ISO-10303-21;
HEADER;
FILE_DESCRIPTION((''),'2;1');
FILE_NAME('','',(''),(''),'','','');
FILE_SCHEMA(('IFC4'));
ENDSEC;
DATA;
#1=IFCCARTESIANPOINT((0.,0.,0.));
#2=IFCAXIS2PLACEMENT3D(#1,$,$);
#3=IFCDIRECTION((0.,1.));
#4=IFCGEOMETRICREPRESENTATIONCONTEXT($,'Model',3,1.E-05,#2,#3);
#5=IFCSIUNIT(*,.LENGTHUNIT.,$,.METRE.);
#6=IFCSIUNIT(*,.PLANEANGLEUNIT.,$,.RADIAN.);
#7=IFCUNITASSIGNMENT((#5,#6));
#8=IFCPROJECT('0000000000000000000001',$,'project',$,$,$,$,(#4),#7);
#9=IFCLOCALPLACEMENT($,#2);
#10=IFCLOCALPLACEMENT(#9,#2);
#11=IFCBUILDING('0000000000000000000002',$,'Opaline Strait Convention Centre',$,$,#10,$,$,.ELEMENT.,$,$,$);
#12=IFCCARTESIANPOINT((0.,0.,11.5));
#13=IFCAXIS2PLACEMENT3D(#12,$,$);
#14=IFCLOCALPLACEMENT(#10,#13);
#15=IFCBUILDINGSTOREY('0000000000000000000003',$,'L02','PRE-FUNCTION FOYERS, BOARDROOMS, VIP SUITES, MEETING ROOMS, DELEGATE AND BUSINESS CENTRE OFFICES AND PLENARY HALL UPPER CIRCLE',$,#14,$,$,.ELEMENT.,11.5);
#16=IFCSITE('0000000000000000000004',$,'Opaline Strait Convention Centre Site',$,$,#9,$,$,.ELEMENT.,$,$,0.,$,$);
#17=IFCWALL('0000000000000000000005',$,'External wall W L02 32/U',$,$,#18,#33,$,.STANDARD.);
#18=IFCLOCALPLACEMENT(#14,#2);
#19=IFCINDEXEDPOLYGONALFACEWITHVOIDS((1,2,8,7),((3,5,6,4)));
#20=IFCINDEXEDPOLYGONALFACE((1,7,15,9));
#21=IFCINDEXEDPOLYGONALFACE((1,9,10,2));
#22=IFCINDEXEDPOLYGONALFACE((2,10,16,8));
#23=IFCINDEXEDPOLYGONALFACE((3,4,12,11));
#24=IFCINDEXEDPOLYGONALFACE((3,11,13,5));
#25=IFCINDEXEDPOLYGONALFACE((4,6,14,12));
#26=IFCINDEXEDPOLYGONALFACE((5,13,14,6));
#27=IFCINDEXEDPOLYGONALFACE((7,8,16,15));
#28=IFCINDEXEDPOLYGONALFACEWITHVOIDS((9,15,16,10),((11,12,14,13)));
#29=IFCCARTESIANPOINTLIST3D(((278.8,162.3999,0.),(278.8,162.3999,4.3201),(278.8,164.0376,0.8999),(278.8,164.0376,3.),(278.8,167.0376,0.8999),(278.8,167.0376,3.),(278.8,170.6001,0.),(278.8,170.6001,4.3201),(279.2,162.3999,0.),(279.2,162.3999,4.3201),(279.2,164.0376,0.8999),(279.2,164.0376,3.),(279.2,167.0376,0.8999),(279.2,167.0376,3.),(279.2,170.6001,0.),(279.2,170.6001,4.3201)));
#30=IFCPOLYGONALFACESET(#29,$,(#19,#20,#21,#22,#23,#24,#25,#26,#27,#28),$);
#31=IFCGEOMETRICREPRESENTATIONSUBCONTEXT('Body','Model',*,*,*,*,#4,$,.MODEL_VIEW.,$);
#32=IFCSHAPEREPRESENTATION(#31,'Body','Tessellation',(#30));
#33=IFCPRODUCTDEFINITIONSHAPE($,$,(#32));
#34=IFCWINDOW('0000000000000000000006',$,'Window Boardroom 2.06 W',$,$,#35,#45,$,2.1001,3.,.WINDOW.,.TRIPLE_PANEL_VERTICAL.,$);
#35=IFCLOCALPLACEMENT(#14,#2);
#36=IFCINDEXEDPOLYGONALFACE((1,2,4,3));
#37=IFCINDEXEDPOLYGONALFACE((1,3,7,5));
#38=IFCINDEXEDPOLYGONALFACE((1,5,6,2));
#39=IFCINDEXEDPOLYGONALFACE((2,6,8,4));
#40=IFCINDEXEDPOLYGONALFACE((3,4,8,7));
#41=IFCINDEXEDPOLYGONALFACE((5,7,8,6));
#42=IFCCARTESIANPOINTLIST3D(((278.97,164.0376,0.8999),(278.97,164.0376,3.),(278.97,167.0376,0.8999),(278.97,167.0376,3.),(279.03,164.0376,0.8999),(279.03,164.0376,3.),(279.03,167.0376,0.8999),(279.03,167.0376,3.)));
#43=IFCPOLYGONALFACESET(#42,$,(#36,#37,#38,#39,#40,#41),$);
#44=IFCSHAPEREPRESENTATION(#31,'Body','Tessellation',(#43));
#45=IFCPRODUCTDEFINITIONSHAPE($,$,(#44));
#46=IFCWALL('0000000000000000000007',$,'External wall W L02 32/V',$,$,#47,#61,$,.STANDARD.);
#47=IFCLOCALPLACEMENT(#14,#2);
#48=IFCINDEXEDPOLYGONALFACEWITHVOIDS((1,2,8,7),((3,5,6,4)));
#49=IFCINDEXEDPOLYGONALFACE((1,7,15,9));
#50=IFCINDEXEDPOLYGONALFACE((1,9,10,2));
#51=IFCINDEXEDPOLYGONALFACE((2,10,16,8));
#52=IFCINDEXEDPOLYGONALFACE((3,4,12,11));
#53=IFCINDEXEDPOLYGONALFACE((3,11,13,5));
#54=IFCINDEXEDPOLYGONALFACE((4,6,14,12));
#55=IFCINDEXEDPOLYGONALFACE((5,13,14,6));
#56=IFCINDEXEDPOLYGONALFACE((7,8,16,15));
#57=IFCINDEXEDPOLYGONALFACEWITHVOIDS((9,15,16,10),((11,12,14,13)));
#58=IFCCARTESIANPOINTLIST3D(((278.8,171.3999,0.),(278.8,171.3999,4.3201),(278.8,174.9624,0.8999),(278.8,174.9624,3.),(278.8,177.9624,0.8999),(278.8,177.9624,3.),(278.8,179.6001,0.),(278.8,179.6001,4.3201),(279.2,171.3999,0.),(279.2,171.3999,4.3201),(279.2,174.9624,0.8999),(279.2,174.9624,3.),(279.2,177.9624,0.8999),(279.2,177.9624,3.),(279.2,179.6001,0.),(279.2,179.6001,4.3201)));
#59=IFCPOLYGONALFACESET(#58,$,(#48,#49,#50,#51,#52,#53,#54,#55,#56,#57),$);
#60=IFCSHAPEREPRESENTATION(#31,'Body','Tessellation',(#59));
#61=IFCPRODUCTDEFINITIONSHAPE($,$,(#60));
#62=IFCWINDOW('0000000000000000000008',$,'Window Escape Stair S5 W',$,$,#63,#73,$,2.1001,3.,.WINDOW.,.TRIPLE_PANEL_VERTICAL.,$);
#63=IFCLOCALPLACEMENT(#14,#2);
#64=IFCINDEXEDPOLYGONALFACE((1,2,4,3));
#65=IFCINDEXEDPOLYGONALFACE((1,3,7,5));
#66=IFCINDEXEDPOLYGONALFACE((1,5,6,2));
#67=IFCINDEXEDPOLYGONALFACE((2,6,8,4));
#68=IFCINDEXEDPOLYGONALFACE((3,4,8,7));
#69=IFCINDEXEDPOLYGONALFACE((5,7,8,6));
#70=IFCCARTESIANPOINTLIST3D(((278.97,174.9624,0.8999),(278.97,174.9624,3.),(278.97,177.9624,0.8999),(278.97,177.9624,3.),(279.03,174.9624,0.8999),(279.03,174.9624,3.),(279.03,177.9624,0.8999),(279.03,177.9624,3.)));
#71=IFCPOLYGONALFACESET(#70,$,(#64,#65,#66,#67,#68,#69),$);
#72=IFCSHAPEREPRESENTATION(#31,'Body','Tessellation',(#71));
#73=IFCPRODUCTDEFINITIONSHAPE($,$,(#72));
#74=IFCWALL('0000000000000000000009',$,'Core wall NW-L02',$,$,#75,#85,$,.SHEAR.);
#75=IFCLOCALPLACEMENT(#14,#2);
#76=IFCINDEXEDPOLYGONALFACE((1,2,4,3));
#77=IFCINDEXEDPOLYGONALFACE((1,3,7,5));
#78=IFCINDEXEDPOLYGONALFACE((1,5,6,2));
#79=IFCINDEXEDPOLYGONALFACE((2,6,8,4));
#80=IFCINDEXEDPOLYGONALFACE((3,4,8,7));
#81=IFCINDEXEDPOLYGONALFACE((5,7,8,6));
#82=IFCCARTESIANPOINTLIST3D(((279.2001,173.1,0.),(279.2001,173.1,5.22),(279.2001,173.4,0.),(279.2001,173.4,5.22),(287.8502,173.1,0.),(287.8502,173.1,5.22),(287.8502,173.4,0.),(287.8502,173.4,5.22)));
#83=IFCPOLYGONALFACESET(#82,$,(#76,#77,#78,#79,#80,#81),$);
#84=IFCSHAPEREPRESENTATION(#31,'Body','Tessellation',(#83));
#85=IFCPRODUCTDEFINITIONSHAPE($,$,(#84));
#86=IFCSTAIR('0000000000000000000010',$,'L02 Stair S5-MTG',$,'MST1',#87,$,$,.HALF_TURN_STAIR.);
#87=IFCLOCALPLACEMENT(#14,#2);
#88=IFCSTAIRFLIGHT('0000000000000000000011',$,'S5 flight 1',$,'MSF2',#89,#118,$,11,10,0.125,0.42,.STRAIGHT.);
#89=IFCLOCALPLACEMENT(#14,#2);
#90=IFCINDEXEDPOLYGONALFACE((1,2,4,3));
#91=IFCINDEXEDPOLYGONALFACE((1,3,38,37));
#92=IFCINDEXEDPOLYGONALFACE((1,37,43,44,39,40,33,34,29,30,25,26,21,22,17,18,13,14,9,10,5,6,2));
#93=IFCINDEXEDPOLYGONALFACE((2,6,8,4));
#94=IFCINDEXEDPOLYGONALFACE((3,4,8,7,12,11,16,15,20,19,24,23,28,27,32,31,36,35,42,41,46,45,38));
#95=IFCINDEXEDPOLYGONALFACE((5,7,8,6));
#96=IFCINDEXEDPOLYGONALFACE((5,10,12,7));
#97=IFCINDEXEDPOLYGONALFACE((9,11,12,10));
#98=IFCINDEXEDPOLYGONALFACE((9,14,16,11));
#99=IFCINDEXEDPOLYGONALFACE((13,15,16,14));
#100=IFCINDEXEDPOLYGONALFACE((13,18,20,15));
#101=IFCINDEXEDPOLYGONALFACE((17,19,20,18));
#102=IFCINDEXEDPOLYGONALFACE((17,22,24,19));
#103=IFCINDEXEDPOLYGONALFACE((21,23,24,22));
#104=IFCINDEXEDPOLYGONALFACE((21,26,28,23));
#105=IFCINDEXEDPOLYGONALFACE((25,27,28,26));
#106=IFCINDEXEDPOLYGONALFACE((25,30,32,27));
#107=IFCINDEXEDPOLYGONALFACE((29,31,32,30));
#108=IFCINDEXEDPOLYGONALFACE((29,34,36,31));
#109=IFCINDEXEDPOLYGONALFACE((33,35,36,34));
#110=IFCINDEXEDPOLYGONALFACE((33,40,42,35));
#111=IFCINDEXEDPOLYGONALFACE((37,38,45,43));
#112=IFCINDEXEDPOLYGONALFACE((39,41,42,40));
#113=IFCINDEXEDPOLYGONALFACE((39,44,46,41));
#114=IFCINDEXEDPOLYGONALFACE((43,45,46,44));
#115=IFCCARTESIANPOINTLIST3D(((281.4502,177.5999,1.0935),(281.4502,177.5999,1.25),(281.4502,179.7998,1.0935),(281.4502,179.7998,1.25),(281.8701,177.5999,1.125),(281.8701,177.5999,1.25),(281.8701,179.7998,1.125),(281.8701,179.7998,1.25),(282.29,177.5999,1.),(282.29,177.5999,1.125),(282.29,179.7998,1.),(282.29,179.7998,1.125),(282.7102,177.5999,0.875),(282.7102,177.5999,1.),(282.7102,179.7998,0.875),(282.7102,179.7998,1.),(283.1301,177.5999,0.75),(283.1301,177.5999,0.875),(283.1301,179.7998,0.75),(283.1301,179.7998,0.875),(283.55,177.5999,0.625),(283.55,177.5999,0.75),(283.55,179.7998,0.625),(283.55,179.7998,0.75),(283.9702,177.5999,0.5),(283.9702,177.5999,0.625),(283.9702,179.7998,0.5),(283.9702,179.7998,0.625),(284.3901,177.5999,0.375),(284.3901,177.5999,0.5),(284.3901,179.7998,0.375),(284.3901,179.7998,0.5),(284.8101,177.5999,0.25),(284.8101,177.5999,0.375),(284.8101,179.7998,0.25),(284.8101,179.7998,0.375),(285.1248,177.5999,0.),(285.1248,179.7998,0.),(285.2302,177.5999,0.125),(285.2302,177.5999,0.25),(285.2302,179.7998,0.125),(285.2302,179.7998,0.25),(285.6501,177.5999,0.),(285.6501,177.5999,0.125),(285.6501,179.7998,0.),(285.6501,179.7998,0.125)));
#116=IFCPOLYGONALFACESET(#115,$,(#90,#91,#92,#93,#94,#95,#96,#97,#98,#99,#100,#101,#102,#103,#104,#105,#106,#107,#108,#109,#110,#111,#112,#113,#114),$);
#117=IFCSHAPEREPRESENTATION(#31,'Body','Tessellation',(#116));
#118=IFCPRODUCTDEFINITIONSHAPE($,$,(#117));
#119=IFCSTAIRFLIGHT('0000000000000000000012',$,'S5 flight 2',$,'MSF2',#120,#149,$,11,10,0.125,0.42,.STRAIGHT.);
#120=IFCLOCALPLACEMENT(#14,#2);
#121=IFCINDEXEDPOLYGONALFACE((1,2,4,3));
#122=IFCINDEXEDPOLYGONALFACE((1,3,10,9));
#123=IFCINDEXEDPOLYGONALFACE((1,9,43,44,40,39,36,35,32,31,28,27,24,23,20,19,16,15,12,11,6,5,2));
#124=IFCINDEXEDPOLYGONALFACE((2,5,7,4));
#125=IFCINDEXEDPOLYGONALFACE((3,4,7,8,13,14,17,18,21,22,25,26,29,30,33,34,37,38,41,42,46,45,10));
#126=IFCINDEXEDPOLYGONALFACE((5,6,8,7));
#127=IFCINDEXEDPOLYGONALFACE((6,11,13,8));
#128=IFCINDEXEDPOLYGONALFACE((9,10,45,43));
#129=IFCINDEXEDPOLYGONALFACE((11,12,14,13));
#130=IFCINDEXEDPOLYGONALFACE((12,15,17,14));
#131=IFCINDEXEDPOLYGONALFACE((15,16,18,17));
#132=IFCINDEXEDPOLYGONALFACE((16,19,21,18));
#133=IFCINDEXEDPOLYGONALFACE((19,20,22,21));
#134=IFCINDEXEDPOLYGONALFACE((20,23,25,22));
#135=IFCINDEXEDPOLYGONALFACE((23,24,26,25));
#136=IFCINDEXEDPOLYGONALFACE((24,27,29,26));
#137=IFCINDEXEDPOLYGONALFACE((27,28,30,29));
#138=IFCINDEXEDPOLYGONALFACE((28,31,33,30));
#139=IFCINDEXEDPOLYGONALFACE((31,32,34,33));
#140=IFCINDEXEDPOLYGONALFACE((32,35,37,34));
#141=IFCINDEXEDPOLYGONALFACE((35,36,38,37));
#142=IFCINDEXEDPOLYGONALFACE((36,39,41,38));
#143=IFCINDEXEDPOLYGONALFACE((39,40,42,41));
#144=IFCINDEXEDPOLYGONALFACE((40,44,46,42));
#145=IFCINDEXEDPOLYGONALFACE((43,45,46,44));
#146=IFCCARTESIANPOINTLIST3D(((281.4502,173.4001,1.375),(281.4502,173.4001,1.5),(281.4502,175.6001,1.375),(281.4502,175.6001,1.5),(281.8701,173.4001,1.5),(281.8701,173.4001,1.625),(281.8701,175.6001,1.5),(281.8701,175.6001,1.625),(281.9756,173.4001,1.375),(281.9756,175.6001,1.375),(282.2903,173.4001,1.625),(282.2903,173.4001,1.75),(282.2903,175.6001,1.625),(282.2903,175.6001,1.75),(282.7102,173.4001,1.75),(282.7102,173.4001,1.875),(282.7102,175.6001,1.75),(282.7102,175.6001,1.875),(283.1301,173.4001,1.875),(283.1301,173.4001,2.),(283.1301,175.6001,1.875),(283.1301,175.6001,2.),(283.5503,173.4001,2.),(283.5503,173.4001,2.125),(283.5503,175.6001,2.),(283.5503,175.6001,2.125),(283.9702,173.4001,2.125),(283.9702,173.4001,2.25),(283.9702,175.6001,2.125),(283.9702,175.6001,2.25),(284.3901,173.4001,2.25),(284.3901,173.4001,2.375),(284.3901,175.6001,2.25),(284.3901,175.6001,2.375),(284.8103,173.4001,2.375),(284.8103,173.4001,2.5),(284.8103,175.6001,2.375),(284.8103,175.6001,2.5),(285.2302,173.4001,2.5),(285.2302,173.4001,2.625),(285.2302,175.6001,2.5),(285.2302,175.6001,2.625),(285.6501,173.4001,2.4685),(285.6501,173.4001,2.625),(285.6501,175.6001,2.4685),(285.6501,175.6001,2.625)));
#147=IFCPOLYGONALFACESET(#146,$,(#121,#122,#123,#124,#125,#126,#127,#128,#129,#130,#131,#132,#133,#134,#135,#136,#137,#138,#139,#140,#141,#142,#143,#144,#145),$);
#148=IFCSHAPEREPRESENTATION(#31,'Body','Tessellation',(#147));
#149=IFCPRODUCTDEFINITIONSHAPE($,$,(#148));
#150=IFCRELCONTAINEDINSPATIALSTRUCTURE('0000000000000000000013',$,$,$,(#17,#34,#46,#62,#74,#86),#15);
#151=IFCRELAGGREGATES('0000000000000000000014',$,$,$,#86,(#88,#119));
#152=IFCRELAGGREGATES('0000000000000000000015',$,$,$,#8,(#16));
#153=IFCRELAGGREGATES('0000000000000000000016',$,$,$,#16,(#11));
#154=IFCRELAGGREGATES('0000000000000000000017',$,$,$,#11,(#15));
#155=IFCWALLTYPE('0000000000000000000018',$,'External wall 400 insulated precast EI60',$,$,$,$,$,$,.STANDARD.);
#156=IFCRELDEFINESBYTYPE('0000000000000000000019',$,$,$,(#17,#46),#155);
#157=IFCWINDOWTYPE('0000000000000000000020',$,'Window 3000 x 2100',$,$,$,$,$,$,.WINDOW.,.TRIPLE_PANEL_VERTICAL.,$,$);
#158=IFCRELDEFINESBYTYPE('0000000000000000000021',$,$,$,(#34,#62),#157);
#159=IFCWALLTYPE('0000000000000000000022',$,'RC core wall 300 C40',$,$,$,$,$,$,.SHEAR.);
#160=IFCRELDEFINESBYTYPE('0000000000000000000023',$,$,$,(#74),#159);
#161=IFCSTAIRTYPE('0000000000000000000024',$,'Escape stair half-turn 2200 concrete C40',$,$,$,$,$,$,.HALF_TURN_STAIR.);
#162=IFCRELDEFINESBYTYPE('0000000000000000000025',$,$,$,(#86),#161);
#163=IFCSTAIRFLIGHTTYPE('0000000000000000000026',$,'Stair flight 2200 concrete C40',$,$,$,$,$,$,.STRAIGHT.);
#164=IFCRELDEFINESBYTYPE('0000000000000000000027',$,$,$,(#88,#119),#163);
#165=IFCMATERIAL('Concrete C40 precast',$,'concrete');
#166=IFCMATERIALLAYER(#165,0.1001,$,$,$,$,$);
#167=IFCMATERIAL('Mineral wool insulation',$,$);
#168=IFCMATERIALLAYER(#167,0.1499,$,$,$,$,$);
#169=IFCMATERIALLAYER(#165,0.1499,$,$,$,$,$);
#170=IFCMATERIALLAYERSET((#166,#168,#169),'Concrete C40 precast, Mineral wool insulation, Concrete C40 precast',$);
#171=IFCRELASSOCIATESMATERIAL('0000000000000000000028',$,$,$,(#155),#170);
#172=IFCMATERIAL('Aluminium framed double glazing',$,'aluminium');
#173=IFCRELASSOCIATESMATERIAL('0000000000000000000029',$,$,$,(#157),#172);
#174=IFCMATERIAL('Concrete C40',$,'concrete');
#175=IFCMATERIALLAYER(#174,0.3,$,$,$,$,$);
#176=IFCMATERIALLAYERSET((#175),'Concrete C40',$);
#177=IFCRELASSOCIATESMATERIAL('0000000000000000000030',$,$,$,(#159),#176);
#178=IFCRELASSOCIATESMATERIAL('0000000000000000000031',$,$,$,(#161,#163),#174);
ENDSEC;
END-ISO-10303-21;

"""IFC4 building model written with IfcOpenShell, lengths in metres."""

from ifc_helpers import new_model, si_unit, direction, frame, frame_2d, origin, place, context, subcontext, project, spatial, polyline, rectangle, outline, extrude, material, layer, layer_set, type_object, element, fill, aggregate, save


model = new_model("IFC4")

# Units and contexts
model_context = context("Model", 3, precision=1e-05, world=origin(), true_north=direction((0.0, 1.0)))
body_context = subcontext(model_context, "Body", "Model", "MODEL_VIEW")
ifc_project = project(units=[si_unit("LENGTHUNIT", "METRE"), si_unit("PLANEANGLEUNIT", "RADIAN")], contexts=[model_context])

# Site, building, storey
site_placement = place(None, origin())
site = spatial("IfcSite", under=ifc_project, at=site_placement, Name="Opaline Strait Convention Centre Site", CompositionType="ELEMENT", RefElevation=0.0)
building_placement = place(site_placement, origin())
building = spatial("IfcBuilding", under=site, at=building_placement, Name="Opaline Strait Convention Centre", CompositionType="ELEMENT")
storey_placement = place(building_placement, frame((0.0, 0.0, 11.5)))
storey = spatial("IfcBuildingStorey", under=building, at=storey_placement, Name="L02", Description="PRE-FUNCTION FOYERS, BOARDROOMS, VIP SUITES, MEETING ROOMS, DELEGATE AND BUSINESS CENTRE OFFICES AND PLENARY HALL UPPER CIRCLE", CompositionType="ELEMENT", Elevation=11.5)

# Shared definitions
ifc_material_1 = material(Name="Concrete C40", Category="concrete")

# Shared definitions
ifc_material_2 = material(Name="Aluminium framed double glazing", Category="aluminium")

# Walls, openings, windows
ifc_material_3 = material(Name="Concrete C40 precast", Category="concrete")
ifc_layer_1 = layer(ifc_material_3, 0.1001)
ifc_material_4 = material(Name="Mineral wool insulation")
ifc_layer_2 = layer(ifc_material_4, 0.1499)
ifc_layer_3 = layer(ifc_material_3, 0.1499)
ifc_layer_set_1 = layer_set([ifc_layer_1, ifc_layer_2, ifc_layer_3], Name="Concrete C40 precast, Mineral wool insulation, Concrete C40 precast")
wall_type_1 = type_object("IfcWallType", Name="External wall 400 insulated precast EI60", PredefinedType="STANDARD", material=ifc_layer_set_1)
window_type = type_object("IfcWindowType", Name="Window 3000 x 2100", PartitioningType="TRIPLE_PANEL_VERTICAL", PredefinedType="WINDOW", material=ifc_material_2)
wall_1_placement = place(storey_placement, frame((279.0, 162.3999, 0.0), z_axis=(0.0, 0.0, 1.0), x_axis=(0.0, 1.0, 0.0)))
wall_1 = element("IfcWall", 1, at=wall_1_placement, inside=storey, type_object=wall_type_1, Name="External wall W L02 32/U", PredefinedType="STANDARD", context=body_context, shape_type="SweptSolid", body=[
    extrude(rectangle(XDim=8.2002, YDim=0.3999, at=frame_2d((4.1001, 0.0))), origin(), (0.0, 0.0, 1.0), 4.3201),
])
opening_1_placement = place(wall_1_placement, frame((1.6377, 0.0, 0.8999)))
opening_1 = element("IfcOpeningElement", 2, at=opening_1_placement, cuts=wall_1, PredefinedType="OPENING", context=body_context, shape_type="SweptSolid", body=[
    extrude(rectangle(XDim=3.0, YDim=2.1001, at=frame_2d((1.5, 1.05))), frame((0.0, 0.21, 0.0), z_axis=(0.0, -1.0, 0.0), x_axis=(1.0, 0.0, 0.0)), (0.0, 0.0, 1.0), 0.4199),
])
window_1_placement = place(opening_1_placement, origin())
window_1 = element("IfcWindow", 3, at=window_1_placement, inside=storey, type_object=window_type, Name="Window Boardroom 2.06 W", OverallHeight=2.1001, OverallWidth=3.0, PartitioningType="TRIPLE_PANEL_VERTICAL", PredefinedType="WINDOW", context=body_context, shape_type="SweptSolid", body=[
    extrude(rectangle(XDim=3.0, YDim=2.1001, at=frame_2d((1.5, 1.05))), frame((0.0, 0.03, 0.0), z_axis=(0.0, -1.0, 0.0), x_axis=(1.0, 0.0, 0.0)), (0.0, 0.0, 1.0), 0.0601),
])
fill(opening_1, window_1)
wall_2_placement = place(storey_placement, frame((279.0, 171.3999, 0.0), z_axis=(0.0, 0.0, 1.0), x_axis=(0.0, 1.0, 0.0)))
wall_2 = element("IfcWall", 4, at=wall_2_placement, inside=storey, type_object=wall_type_1, Name="External wall W L02 32/V", PredefinedType="STANDARD", context=body_context, shape_type="SweptSolid", body=[
    extrude(rectangle(XDim=8.2002, YDim=0.3999, at=frame_2d((4.1001, 0.0))), origin(), (0.0, 0.0, 1.0), 4.3201),
])
opening_2_placement = place(wall_2_placement, frame((3.5625, 0.0, 0.8999)))
opening_2 = element("IfcOpeningElement", 5, at=opening_2_placement, cuts=wall_2, PredefinedType="OPENING", context=body_context, shape_type="SweptSolid", body=[
    extrude(rectangle(XDim=3.0, YDim=2.1001, at=frame_2d((1.5, 1.05))), frame((0.0, 0.21, 0.0), z_axis=(0.0, -1.0, 0.0), x_axis=(1.0, 0.0, 0.0)), (0.0, 0.0, 1.0), 0.4199),
])
window_2_placement = place(opening_2_placement, origin())
window_2 = element("IfcWindow", 6, at=window_2_placement, inside=storey, type_object=window_type, Name="Window Escape Stair S5 W", OverallHeight=2.1001, OverallWidth=3.0, PartitioningType="TRIPLE_PANEL_VERTICAL", PredefinedType="WINDOW", context=body_context, shape_type="SweptSolid", body=[
    extrude(rectangle(XDim=3.0, YDim=2.1001, at=frame_2d((1.5, 1.05))), frame((0.0, 0.03, 0.0), z_axis=(0.0, -1.0, 0.0), x_axis=(1.0, 0.0, 0.0)), (0.0, 0.0, 1.0), 0.0601),
])
fill(opening_2, window_2)

# Wall
ifc_layer_4 = layer(ifc_material_1, 0.3)
ifc_layer_set_2 = layer_set([ifc_layer_4], Name="Concrete C40")
wall_type_2 = type_object("IfcWallType", Name="RC core wall 300 C40", PredefinedType="SHEAR", material=ifc_layer_set_2)
wall_3_placement = place(storey_placement, frame((279.2, 173.25, 0.0), z_axis=(0.0, 0.0, 1.0), x_axis=(1.0, 0.0, 0.0)))
element("IfcWall", 7, at=wall_3_placement, inside=storey, type_object=wall_type_2, Name="Core wall NW-L02", PredefinedType="SHEAR", context=body_context, shape_type="SweptSolid", body=[
    extrude(rectangle(XDim=8.6501, YDim=0.3, at=frame_2d((4.3252, 0.0))), origin(), (0.0, 0.0, 1.0), 5.22),
])

# Stair, stair flights
stair_type = type_object("IfcStairType", Name="Escape stair half-turn 2200 concrete C40", PredefinedType="HALF_TURN_STAIR", material=ifc_material_1)
stair_placement = place(storey_placement, origin())
stair = element("IfcStair", 8, at=stair_placement, inside=storey, type_object=stair_type, Name="L02 Stair S5-MTG", ObjectType="MST1", PredefinedType="HALF_TURN_STAIR")
stair_flight_type = type_object("IfcStairFlightType", Name="Stair flight 2200 concrete C40", PredefinedType="STRAIGHT", material=ifc_material_1)
stair_flight_1_placement = place(storey_placement, frame((285.6501, 178.7, 0.0), z_axis=(0.0, 0.0, 1.0), x_axis=(-1.0, 0.0, 0.0)))
stair_flight_1 = element("IfcStairFlight", 9, at=stair_flight_1_placement, type_object=stair_flight_type, Name="S5 flight 1", ObjectType="MSF2", NumberOfRisers=11, NumberOfTreads=10, PredefinedType="STRAIGHT", RiserHeight=0.125, TreadLength=0.42, context=body_context, shape_type="SweptSolid", body=[
    extrude(outline(polyline([(0.0, 0.0), (0.0, 0.125), (0.4199, 0.125), (0.4199, 0.25), (0.8401, 0.25), (0.8401, 0.375), (1.26, 0.375), (1.26, 0.5), (1.6799, 0.5), (1.6799, 0.625), (2.1001, 0.625), (2.1001, 0.75), (2.52, 0.75), (2.52, 0.875), (2.9399, 0.875), (2.9399, 1.0), (3.3601, 1.0), (3.3601, 1.125), (3.78, 1.125), (3.78, 1.25), (4.2, 1.25), (4.2, 1.375), (4.2, 1.0935), (0.5254, 0.0), (0.0, 0.0)])), frame((0.0, 1.1001, 0.0), z_axis=(0.0, -1.0, 0.0), x_axis=(1.0, 0.0, 0.0)), (0.0, 0.0, 1.0), 2.2),
])
stair_flight_2_placement = place(storey_placement, frame((281.4502, 174.5, 1.375), z_axis=(0.0, 0.0, 1.0), x_axis=(1.0, 0.0, 0.0)))
stair_flight_2 = element("IfcStairFlight", 10, at=stair_flight_2_placement, type_object=stair_flight_type, Name="S5 flight 2", ObjectType="MSF2", NumberOfRisers=11, NumberOfTreads=10, PredefinedType="STRAIGHT", RiserHeight=0.125, TreadLength=0.42, context=body_context, shape_type="SweptSolid", body=[
    extrude(outline(polyline([(0.0, 0.0), (0.0, 0.125), (0.4199, 0.125), (0.4199, 0.25), (0.8401, 0.25), (0.8401, 0.375), (1.26, 0.375), (1.26, 0.5), (1.6799, 0.5), (1.6799, 0.625), (2.1001, 0.625), (2.1001, 0.75), (2.52, 0.75), (2.52, 0.875), (2.9399, 0.875), (2.9399, 1.0), (3.3601, 1.0), (3.3601, 1.125), (3.78, 1.125), (3.78, 1.25), (4.2, 1.25), (4.2, 1.375), (4.2, 1.0935), (0.5254, 0.0), (0.0, 0.0)])), frame((0.0, 1.1001, 0.0), z_axis=(0.0, -1.0, 0.0), x_axis=(1.0, 0.0, 0.0)), (0.0, 0.0, 1.0), 2.2),
])
aggregate(stair, [stair_flight_1, stair_flight_2])

save(model, "model.ifc")
